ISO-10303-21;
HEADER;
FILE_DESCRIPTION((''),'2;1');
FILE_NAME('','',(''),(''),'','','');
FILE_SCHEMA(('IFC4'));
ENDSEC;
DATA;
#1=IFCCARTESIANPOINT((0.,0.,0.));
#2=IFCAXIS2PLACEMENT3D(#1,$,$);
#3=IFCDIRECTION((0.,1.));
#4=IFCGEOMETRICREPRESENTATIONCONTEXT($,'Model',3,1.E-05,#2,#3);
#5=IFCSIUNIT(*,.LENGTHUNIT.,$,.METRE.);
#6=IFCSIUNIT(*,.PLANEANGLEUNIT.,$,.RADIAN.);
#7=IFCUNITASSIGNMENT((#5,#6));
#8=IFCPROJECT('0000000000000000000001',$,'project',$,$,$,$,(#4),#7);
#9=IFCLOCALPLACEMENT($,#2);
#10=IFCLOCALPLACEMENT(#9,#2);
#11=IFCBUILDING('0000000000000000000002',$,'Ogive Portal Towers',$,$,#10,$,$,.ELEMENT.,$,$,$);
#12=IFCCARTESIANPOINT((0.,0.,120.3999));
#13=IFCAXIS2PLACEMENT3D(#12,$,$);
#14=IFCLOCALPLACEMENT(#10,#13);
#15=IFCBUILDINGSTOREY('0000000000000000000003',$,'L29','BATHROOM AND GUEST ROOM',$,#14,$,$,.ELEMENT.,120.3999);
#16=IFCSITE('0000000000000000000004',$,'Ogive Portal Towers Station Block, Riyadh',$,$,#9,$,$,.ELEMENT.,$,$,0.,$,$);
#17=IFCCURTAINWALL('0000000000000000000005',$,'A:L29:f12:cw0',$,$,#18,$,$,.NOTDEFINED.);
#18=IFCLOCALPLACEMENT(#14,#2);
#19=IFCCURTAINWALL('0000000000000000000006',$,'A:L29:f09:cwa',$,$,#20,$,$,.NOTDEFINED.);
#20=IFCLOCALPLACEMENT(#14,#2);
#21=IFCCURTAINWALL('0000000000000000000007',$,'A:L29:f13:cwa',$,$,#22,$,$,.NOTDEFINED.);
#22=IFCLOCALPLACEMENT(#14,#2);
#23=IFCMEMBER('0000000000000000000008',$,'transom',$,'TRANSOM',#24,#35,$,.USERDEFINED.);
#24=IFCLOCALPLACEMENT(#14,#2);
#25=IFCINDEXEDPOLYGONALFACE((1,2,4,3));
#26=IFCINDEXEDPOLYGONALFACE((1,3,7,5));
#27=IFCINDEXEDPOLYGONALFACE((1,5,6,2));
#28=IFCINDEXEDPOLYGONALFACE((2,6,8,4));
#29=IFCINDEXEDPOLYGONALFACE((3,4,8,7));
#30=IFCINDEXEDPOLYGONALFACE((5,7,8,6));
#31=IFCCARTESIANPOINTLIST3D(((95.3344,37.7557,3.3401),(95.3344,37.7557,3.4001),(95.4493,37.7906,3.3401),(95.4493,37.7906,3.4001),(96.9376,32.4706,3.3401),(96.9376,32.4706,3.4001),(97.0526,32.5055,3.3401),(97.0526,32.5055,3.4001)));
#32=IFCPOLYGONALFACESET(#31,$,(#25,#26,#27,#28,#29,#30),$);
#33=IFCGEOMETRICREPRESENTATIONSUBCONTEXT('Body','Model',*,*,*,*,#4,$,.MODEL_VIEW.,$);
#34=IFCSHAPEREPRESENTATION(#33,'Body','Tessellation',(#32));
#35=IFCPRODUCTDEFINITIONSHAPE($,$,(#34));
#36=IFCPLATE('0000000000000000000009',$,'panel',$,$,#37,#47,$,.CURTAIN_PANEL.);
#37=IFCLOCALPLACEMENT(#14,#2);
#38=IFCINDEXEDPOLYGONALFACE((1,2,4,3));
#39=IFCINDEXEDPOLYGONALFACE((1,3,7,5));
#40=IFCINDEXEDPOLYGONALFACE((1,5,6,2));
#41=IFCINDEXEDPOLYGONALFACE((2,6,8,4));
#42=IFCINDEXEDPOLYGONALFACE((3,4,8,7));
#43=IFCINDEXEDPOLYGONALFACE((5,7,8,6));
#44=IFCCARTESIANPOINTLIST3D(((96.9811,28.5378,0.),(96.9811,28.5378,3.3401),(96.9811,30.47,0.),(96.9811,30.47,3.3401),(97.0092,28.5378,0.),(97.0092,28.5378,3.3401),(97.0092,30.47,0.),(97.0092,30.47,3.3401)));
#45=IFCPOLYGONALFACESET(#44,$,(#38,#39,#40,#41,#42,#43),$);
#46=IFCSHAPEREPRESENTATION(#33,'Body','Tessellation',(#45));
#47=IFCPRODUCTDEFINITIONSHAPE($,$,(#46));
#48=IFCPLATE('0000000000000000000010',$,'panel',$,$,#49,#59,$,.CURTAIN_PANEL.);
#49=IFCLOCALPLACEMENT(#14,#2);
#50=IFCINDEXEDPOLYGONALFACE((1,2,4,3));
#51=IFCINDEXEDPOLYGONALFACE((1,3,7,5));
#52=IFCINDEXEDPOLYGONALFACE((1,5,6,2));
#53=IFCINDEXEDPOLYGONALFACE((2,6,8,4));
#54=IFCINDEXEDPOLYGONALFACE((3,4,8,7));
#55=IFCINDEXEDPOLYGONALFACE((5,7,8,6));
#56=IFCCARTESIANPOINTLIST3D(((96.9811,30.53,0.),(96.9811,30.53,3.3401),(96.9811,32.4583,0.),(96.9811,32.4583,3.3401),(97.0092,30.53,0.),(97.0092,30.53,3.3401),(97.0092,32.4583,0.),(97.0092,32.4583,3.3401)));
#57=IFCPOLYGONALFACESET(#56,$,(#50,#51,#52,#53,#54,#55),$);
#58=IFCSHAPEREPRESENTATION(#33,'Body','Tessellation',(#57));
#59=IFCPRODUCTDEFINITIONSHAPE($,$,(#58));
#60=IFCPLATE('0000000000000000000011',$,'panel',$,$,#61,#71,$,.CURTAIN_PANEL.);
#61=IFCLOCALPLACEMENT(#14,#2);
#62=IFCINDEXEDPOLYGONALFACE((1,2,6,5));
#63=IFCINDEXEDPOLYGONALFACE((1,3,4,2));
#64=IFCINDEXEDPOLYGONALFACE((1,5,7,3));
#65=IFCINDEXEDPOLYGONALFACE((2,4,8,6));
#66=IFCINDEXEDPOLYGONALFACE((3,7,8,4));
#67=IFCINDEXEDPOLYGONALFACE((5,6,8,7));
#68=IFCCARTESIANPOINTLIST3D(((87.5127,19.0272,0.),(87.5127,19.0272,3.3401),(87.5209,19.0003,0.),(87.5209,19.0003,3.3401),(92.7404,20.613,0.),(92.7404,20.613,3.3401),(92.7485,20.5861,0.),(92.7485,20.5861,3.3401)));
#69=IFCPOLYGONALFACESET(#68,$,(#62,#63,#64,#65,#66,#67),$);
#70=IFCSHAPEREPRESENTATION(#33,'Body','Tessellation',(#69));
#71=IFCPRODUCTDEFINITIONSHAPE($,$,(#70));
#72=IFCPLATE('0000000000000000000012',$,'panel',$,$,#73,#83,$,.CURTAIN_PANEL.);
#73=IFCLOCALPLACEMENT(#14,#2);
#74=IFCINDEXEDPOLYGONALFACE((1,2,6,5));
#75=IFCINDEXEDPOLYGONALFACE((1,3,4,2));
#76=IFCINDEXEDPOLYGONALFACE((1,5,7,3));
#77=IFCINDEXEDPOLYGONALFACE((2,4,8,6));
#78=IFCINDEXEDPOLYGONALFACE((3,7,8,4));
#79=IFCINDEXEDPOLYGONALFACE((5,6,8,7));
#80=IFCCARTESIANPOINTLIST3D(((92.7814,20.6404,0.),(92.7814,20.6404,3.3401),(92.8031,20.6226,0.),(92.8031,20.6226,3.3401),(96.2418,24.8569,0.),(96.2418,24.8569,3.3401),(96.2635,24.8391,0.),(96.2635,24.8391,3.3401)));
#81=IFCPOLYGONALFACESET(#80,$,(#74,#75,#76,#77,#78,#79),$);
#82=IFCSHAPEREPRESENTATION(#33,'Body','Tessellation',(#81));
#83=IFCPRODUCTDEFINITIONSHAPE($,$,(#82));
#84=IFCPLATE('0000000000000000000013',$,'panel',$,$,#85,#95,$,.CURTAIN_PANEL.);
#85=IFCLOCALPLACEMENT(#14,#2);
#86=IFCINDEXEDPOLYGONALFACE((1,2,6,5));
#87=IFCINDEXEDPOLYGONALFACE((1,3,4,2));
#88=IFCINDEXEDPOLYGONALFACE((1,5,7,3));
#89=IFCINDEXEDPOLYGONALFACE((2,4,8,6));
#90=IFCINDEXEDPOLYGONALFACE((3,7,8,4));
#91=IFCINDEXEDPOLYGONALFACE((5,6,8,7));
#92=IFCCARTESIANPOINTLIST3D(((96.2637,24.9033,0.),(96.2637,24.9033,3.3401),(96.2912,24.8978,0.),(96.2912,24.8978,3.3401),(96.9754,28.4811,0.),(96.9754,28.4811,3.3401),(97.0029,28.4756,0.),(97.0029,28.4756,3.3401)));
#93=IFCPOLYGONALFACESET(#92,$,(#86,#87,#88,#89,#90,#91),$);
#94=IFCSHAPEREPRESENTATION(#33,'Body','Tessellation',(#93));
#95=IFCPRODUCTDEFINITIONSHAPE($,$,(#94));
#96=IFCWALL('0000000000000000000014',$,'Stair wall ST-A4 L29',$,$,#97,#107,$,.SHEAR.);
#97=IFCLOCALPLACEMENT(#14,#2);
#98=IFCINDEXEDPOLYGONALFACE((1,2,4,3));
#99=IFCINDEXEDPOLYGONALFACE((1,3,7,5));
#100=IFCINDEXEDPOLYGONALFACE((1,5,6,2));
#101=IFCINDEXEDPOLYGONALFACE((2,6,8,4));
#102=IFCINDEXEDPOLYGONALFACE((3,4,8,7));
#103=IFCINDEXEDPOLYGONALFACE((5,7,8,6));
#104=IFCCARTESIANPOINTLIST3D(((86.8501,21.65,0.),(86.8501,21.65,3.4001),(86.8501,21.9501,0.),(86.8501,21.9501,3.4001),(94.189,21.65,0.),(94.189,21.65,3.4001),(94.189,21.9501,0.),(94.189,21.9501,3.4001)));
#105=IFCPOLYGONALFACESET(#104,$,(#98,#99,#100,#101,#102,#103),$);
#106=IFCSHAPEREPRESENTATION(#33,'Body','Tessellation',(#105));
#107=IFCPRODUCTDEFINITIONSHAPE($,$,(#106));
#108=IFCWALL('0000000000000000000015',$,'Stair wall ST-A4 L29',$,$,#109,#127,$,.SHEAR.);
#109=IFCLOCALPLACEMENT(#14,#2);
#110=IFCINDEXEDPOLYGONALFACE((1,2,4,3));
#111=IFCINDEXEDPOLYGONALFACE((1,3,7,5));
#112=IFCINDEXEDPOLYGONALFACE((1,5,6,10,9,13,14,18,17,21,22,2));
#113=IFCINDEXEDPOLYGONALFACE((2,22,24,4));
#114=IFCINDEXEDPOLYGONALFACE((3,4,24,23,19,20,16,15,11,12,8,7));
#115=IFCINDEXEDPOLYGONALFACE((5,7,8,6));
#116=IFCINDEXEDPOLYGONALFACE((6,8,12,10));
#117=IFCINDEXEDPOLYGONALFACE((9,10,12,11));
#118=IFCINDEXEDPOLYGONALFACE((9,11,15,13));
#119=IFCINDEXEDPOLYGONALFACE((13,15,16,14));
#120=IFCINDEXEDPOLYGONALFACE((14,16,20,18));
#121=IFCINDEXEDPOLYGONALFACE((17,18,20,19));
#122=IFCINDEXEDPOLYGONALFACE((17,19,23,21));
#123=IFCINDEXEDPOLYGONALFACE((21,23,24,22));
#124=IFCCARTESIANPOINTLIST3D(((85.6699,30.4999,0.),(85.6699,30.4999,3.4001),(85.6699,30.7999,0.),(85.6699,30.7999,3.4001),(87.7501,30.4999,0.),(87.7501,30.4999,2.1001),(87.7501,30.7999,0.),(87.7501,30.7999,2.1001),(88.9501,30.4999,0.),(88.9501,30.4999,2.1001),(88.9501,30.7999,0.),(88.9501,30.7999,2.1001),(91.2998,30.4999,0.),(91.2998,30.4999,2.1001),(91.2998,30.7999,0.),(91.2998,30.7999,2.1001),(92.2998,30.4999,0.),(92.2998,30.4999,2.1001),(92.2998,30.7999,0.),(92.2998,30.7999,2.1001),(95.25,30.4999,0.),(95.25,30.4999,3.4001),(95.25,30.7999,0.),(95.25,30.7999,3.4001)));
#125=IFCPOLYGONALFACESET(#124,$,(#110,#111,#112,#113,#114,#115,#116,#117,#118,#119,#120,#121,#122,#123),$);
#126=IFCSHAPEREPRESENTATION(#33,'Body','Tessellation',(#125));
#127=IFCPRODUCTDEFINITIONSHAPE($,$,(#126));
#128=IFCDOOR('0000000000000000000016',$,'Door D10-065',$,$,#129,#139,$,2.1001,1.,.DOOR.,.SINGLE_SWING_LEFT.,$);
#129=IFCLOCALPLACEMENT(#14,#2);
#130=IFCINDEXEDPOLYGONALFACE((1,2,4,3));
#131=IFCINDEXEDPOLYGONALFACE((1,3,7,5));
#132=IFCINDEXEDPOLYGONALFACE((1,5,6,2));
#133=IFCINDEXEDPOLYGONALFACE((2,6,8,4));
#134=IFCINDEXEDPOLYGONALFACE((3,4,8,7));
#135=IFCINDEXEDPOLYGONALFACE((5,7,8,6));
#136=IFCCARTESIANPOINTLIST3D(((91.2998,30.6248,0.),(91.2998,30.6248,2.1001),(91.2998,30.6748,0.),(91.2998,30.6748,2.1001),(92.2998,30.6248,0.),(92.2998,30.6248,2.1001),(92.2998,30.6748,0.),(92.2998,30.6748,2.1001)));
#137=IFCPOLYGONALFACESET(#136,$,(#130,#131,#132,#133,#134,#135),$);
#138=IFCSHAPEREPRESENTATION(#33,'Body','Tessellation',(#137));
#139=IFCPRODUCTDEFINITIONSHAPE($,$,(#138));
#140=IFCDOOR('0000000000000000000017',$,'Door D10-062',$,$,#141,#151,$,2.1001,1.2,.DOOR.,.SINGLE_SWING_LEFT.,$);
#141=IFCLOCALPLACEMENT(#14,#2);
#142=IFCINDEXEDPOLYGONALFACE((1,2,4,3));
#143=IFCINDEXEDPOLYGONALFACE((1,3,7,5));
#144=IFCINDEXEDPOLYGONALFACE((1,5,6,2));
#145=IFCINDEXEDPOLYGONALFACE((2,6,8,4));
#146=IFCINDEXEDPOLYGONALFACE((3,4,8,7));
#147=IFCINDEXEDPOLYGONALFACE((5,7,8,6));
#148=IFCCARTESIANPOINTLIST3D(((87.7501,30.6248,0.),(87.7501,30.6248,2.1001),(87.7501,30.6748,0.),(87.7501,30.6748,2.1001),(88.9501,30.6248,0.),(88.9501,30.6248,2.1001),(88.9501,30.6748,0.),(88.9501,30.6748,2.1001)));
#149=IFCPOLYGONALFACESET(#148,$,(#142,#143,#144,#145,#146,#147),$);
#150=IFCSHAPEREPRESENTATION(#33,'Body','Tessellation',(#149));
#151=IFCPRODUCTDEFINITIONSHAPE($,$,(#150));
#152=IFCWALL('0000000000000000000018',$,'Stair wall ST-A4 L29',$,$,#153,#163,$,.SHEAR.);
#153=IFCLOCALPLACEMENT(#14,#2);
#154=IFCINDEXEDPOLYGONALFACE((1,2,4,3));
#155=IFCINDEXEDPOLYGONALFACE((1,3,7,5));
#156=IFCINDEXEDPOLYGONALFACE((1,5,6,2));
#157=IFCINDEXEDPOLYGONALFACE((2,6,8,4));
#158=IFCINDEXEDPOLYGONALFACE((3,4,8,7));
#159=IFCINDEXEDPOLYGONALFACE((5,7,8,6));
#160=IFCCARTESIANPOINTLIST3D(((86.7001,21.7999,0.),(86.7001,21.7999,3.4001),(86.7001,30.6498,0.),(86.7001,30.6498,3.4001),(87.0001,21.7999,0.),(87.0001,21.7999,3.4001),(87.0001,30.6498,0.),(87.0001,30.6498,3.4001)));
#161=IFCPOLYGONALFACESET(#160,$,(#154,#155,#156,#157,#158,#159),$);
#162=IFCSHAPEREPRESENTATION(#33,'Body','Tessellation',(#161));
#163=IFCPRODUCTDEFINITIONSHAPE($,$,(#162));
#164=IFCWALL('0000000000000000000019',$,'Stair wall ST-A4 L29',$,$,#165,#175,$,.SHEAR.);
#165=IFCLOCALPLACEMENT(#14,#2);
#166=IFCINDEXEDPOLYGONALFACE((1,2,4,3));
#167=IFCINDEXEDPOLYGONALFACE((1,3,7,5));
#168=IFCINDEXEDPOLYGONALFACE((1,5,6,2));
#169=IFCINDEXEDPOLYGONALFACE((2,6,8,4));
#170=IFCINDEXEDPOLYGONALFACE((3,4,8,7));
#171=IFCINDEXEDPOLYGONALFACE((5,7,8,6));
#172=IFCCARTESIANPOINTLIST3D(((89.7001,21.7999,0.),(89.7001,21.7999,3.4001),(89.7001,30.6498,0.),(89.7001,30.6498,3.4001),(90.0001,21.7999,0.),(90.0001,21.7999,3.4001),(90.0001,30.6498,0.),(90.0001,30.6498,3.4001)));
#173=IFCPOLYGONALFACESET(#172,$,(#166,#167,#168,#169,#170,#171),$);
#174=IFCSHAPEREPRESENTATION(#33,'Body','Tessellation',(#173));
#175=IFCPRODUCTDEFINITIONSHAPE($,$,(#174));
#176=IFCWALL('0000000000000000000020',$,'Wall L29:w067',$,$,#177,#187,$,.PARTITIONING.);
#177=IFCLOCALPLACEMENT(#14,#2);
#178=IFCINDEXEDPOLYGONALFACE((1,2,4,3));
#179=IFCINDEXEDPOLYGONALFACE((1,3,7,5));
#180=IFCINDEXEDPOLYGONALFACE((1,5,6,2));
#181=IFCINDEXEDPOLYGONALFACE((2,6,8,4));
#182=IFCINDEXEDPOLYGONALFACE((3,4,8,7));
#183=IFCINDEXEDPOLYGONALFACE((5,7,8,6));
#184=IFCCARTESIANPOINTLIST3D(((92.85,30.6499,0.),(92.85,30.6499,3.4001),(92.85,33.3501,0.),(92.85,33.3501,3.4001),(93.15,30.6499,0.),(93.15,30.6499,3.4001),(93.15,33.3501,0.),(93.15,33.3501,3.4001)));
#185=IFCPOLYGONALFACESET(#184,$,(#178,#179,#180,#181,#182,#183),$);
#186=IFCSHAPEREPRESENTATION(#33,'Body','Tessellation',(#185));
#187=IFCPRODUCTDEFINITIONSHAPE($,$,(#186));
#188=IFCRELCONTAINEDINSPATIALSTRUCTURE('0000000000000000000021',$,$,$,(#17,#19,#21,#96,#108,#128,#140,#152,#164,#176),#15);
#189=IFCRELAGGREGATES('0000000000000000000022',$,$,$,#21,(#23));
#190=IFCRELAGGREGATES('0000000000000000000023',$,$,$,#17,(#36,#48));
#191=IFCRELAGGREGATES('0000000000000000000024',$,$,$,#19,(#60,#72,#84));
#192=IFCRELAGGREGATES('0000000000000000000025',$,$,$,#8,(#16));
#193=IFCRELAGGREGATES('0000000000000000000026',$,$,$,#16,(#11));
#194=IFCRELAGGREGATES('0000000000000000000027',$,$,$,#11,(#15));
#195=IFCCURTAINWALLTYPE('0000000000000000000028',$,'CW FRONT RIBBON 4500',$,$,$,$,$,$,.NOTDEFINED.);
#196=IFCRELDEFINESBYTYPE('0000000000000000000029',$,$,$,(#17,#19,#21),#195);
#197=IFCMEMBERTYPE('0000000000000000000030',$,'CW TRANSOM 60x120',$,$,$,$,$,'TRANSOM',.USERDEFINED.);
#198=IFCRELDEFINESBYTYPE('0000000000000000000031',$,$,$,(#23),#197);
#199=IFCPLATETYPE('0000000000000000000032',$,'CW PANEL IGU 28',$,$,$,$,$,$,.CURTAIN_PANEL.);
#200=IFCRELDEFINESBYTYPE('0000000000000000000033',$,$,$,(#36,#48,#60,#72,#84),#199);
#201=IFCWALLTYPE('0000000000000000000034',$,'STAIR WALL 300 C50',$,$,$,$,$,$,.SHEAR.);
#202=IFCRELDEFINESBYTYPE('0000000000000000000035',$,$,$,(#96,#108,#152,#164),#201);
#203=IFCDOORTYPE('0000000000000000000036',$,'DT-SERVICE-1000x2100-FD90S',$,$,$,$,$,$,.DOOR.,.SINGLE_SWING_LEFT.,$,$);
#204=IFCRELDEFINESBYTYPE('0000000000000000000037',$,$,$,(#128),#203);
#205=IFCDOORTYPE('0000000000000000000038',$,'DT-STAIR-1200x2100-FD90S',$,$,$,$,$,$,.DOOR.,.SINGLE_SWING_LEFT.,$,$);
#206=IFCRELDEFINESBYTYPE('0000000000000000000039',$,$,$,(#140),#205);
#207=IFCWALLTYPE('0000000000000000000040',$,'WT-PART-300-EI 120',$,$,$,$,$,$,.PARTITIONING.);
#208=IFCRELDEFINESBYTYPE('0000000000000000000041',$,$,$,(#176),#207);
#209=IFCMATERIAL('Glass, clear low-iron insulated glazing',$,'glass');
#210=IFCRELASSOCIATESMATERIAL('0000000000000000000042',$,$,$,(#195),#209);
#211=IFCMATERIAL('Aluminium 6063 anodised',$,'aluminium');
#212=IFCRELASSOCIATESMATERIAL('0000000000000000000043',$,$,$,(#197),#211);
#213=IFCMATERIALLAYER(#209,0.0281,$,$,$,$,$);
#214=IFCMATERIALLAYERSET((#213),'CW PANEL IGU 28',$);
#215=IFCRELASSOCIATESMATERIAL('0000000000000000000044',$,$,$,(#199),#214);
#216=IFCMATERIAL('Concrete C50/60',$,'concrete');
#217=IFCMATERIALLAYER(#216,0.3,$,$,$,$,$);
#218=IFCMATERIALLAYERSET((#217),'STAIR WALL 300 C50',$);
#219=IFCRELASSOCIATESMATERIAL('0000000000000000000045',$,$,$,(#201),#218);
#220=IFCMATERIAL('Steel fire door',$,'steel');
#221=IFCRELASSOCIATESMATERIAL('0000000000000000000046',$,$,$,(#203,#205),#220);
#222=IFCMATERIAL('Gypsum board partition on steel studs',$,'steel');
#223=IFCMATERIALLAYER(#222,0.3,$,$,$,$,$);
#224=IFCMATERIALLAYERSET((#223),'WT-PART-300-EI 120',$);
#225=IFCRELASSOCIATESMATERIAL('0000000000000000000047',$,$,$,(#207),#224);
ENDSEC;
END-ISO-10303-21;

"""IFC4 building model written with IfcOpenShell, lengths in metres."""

from ifc_helpers import new_model, si_unit, direction, frame, frame_2d, origin, origin_2d, place, context, subcontext, project, spatial, rectangle, extrude, material, layer, layer_set, material_profile, profile_set, type_object, element, fill, aggregate, save


model = new_model("IFC4")

# Units and contexts
model_context = context("Model", 3, precision=1e-05, world=origin(), true_north=direction((0.0, 1.0)))
body_context = subcontext(model_context, "Body", "Model", "MODEL_VIEW")
ifc_project = project(units=[si_unit("LENGTHUNIT", "METRE"), si_unit("PLANEANGLEUNIT", "RADIAN")], contexts=[model_context])

# Site, building, storey
site_placement = place(None, origin())
site = spatial("IfcSite", under=ifc_project, at=site_placement, Name="Ogive Portal Towers Station Block, Riyadh", CompositionType="ELEMENT", RefElevation=0.0)
building_placement = place(site_placement, origin())
building = spatial("IfcBuilding", under=site, at=building_placement, Name="Ogive Portal Towers", CompositionType="ELEMENT")
storey_placement = place(building_placement, frame((0.0, 0.0, 120.3999)))
storey = spatial("IfcBuildingStorey", under=building, at=storey_placement, Name="L29", Description="BATHROOM AND GUEST ROOM", CompositionType="ELEMENT", Elevation=120.3999)

# Curtain walls
ifc_material_1 = material(Name="Glass, clear low-iron insulated glazing", Category="glass")
curtain_wall_type = type_object("IfcCurtainWallType", Name="CW FRONT RIBBON 4500", PredefinedType="NOTDEFINED", material=ifc_material_1)
curtain_wall_1_placement = place(storey_placement, origin())
curtain_wall_1 = element("IfcCurtainWall", 1, at=curtain_wall_1_placement, inside=storey, type_object=curtain_wall_type, Name="A:L29:f12:cw0", PredefinedType="NOTDEFINED")
ifc_material_2 = material(Name="Aluminium 6063 anodised", Category="aluminium")
curtain_wall_2_placement = place(storey_placement, origin())
curtain_wall_2 = element("IfcCurtainWall", 2, at=curtain_wall_2_placement, inside=storey, type_object=curtain_wall_type, Name="A:L29:f09:cwa", PredefinedType="NOTDEFINED")

# Shared definitions
ifc_material_profile_1 = material_profile(ifc_material_2, rectangle(XDim=0.1201, YDim=0.0601, at=origin_2d()), Name="AL 120x60")
ifc_profile_set_1 = profile_set([ifc_material_profile_1], Name="Aluminium 6063 anodised")
member_type_1 = type_object("IfcMemberType", Name="CW TRANSOM 60x120", ElementType="TRANSOM", PredefinedType="USERDEFINED", material=ifc_profile_set_1)

# Curtain wall, member
curtain_wall_3_placement = place(storey_placement, origin())
curtain_wall_3 = element("IfcCurtainWall", 3, at=curtain_wall_3_placement, inside=storey, type_object=curtain_wall_type, Name="A:L29:f13:cwa", PredefinedType="NOTDEFINED")
member_1_placement = place(storey_placement, frame((96.9951, 32.488, 3.3701), z_axis=(-0.290291, 0.956938, 0.0), x_axis=(-0.956938, -0.290291, 0.0)))
member_1 = element("IfcMember", 4, at=member_1_placement, type_object=member_type_1, Name="transom", ObjectType="TRANSOM", PredefinedType="USERDEFINED", context=body_context, shape_type="SweptSolid", body=[
    extrude(rectangle(XDim=0.1201, YDim=0.0601, at=origin_2d()), origin(), (0.0, 0.0, 1.0), 5.5229),
])
aggregate(curtain_wall_3, [member_1])

# Plates
ifc_layer_1 = layer(ifc_material_1, 0.0281)
ifc_layer_set_1 = layer_set([ifc_layer_1], Name="CW PANEL IGU 28")
plate_type = type_object("IfcPlateType", Name="CW PANEL IGU 28", PredefinedType="CURTAIN_PANEL", material=ifc_layer_set_1)
plate_1_placement = place(storey_placement, frame((96.9951, 29.5039, 0.0), z_axis=(0.0, 0.0, 1.0), x_axis=(0.0, 1.0, 0.0)))
plate_1 = element("IfcPlate", 5, at=plate_1_placement, type_object=plate_type, Name="panel", PredefinedType="CURTAIN_PANEL", context=body_context, shape_type="SweptSolid", body=[
    extrude(rectangle(XDim=1.9321, YDim=0.0281, at=origin_2d()), origin(), (0.0, 0.0, 1.0), 3.3401),
])
plate_2_placement = place(storey_placement, frame((96.9951, 31.4941, 0.0), z_axis=(0.0, 0.0, 1.0), x_axis=(0.0, 1.0, 0.0)))
plate_2 = element("IfcPlate", 6, at=plate_2_placement, type_object=plate_type, Name="panel", PredefinedType="CURTAIN_PANEL", context=body_context, shape_type="SweptSolid", body=[
    extrude(rectangle(XDim=1.9282, YDim=0.0281, at=origin_2d()), origin(), (0.0, 0.0, 1.0), 3.3401),
])
aggregate(curtain_wall_1, [plate_1, plate_2])
plate_3_placement = place(storey_placement, frame((90.1306, 19.8066, 0.0), z_axis=(0.0, 0.0, 1.0), x_axis=(0.95694, 0.290285, 0.0)))
plate_3 = element("IfcPlate", 7, at=plate_3_placement, type_object=plate_type, Name="panel", PredefinedType="CURTAIN_PANEL", context=body_context, shape_type="SweptSolid", body=[
    extrude(rectangle(XDim=5.4629, YDim=0.0281, at=origin_2d()), origin(), (0.0, 0.0, 1.0), 3.3401),
])
plate_4_placement = place(storey_placement, frame((94.5225, 22.7397, 0.0), z_axis=(0.0, 0.0, 1.0), x_axis=(0.634393, 0.77301, 0.0)))
plate_4 = element("IfcPlate", 8, at=plate_4_placement, type_object=plate_type, Name="panel", PredefinedType="CURTAIN_PANEL", context=body_context, shape_type="SweptSolid", body=[
    extrude(rectangle(XDim=5.4546, YDim=0.0281, at=origin_2d()), origin(), (0.0, 0.0, 1.0), 3.3401),
])
plate_5_placement = place(storey_placement, frame((96.6333, 26.6895, 0.0), z_axis=(0.0, 0.0, 1.0), x_axis=(0.19509, 0.980785, 0.0)))
plate_5 = element("IfcPlate", 9, at=plate_5_placement, type_object=plate_type, Name="panel", PredefinedType="CURTAIN_PANEL", context=body_context, shape_type="SweptSolid", body=[
    extrude(rectangle(XDim=3.6479, YDim=0.0281, at=origin_2d()), origin(), (0.0, 0.0, 1.0), 3.3401),
])
aggregate(curtain_wall_2, [plate_3, plate_4, plate_5])

# Wall
ifc_material_3 = material(Name="Concrete C50/60", Category="concrete")
ifc_layer_2 = layer(ifc_material_3, 0.3)
ifc_layer_set_2 = layer_set([ifc_layer_2], Name="STAIR WALL 300 C50")
wall_type_1 = type_object("IfcWallType", Name="STAIR WALL 300 C50", PredefinedType="SHEAR", material=ifc_layer_set_2)
wall_1_placement = place(storey_placement, frame((86.8501, 21.8, 0.0), z_axis=(0.0, 0.0, 1.0), x_axis=(1.0, 0.0, 0.0)))
element("IfcWall", 10, at=wall_1_placement, inside=storey, type_object=wall_type_1, Name="Stair wall ST-A4 L29", PredefinedType="SHEAR", context=body_context, shape_type="SweptSolid", body=[
    extrude(rectangle(XDim=7.3389, YDim=0.3, at=frame_2d((3.6694, 0.0))), origin(), (0.0, 0.0, 1.0), 3.4001),
])

# Wall, openings, doors
wall_2_placement = place(storey_placement, frame((85.6699, 30.6499, 0.0), z_axis=(0.0, 0.0, 1.0), x_axis=(1.0, 0.0, 0.0)))
wall_2 = element("IfcWall", 11, at=wall_2_placement, inside=storey, type_object=wall_type_1, Name="Stair wall ST-A4 L29", PredefinedType="SHEAR", context=body_context, shape_type="SweptSolid", body=[
    extrude(rectangle(XDim=9.5801, YDim=0.3, at=frame_2d((4.79, 0.0))), origin(), (0.0, 0.0, 1.0), 3.4001),
])
opening_1_placement = place(wall_2_placement, frame((2.0801, 0.0, 0.0)))
opening_1 = element("IfcOpeningElement", 12, at=opening_1_placement, cuts=wall_2, PredefinedType="OPENING", context=body_context, shape_type="SweptSolid", body=[
    extrude(rectangle(XDim=1.2, YDim=2.1001, at=frame_2d((0.6001, 1.05))), frame((0.0, 0.1602, 0.0), z_axis=(0.0, -1.0, 0.0), x_axis=(1.0, 0.0, 0.0)), (0.0, 0.0, 1.0), 0.3201),
])
opening_2_placement = place(wall_2_placement, frame((5.6299, 0.0, 0.0)))
opening_2 = element("IfcOpeningElement", 13, at=opening_2_placement, cuts=wall_2, PredefinedType="OPENING", context=body_context, shape_type="SweptSolid", body=[
    extrude(rectangle(XDim=1.0, YDim=2.1001, at=frame_2d((0.5, 1.05))), frame((0.0, 0.1602, 0.0), z_axis=(0.0, -1.0, 0.0), x_axis=(1.0, 0.0, 0.0)), (0.0, 0.0, 1.0), 0.3201),
])
ifc_material_4 = material(Name="Steel fire door", Category="steel")
door_type_1 = type_object("IfcDoorType", Name="DT-SERVICE-1000x2100-FD90S", OperationType="SINGLE_SWING_LEFT", PredefinedType="DOOR", material=ifc_material_4)
door_1_placement = place(opening_2_placement, origin())
door_1 = element("IfcDoor", 14, at=door_1_placement, inside=storey, type_object=door_type_1, Name="Door D10-065", OperationType="SINGLE_SWING_LEFT", OverallHeight=2.1001, OverallWidth=1.0, PredefinedType="DOOR", context=body_context, shape_type="SweptSolid", body=[
    extrude(rectangle(XDim=1.0, YDim=2.1001, at=frame_2d((0.5, 1.05))), frame((0.0, 0.0249, 0.0), z_axis=(0.0, -1.0, 0.0), x_axis=(1.0, 0.0, 0.0)), (0.0, 0.0, 1.0), 0.05),
])
fill(opening_2, door_1)
door_type_2 = type_object("IfcDoorType", Name="DT-STAIR-1200x2100-FD90S", OperationType="SINGLE_SWING_LEFT", PredefinedType="DOOR", material=ifc_material_4)
door_2_placement = place(opening_1_placement, origin())
door_2 = element("IfcDoor", 15, at=door_2_placement, inside=storey, type_object=door_type_2, Name="Door D10-062", OperationType="SINGLE_SWING_LEFT", OverallHeight=2.1001, OverallWidth=1.2, PredefinedType="DOOR", context=body_context, shape_type="SweptSolid", body=[
    extrude(rectangle(XDim=1.2, YDim=2.1001, at=frame_2d((0.6001, 1.05))), frame((0.0, 0.0249, 0.0), z_axis=(0.0, -1.0, 0.0), x_axis=(1.0, 0.0, 0.0)), (0.0, 0.0, 1.0), 0.05),
])
fill(opening_1, door_2)

# Walls
for number, where, z_axis, x_axis, name in (
    (16, (86.8501, 21.8, 0.0), (0.0, 0.0, 1.0), (0.0, 1.0, 0.0), "Stair wall ST-A4 L29"),
    (17, (89.8501, 21.8, 0.0), (0.0, 0.0, 1.0), (0.0, 1.0, 0.0), "Stair wall ST-A4 L29"),
):
    element("IfcWall", number, at=place(storey_placement, frame(where, z_axis=z_axis, x_axis=x_axis)), inside=storey, type_object=wall_type_1, Name=name, PredefinedType="SHEAR", context=body_context, shape_type="SweptSolid", body=[
        extrude(rectangle(XDim=8.8499, YDim=0.3, at=frame_2d((4.4248, 0.0))), origin(), (0.0, 0.0, 1.0), 3.4001),
    ])
ifc_material_5 = material(Name="Gypsum board partition on steel studs", Category="steel")
ifc_layer_3 = layer(ifc_material_5, 0.3)
ifc_layer_set_3 = layer_set([ifc_layer_3], Name="WT-PART-300-EI 120")
wall_type_2 = type_object("IfcWallType", Name="WT-PART-300-EI 120", PredefinedType="PARTITIONING", material=ifc_layer_set_3)
wall_3_placement = place(storey_placement, frame((93.0, 30.6499, 0.0), z_axis=(0.0, 0.0, 1.0), x_axis=(0.0, 1.0, 0.0)))
element("IfcWall", 18, at=wall_3_placement, inside=storey, type_object=wall_type_2, Name="Wall L29:w067", PredefinedType="PARTITIONING", context=body_context, shape_type="SweptSolid", body=[
    extrude(rectangle(XDim=2.7002, YDim=0.3, at=frame_2d((1.3501, 0.0))), origin(), (0.0, 0.0, 1.0), 3.4001),
])

save(model, "model.ifc")
